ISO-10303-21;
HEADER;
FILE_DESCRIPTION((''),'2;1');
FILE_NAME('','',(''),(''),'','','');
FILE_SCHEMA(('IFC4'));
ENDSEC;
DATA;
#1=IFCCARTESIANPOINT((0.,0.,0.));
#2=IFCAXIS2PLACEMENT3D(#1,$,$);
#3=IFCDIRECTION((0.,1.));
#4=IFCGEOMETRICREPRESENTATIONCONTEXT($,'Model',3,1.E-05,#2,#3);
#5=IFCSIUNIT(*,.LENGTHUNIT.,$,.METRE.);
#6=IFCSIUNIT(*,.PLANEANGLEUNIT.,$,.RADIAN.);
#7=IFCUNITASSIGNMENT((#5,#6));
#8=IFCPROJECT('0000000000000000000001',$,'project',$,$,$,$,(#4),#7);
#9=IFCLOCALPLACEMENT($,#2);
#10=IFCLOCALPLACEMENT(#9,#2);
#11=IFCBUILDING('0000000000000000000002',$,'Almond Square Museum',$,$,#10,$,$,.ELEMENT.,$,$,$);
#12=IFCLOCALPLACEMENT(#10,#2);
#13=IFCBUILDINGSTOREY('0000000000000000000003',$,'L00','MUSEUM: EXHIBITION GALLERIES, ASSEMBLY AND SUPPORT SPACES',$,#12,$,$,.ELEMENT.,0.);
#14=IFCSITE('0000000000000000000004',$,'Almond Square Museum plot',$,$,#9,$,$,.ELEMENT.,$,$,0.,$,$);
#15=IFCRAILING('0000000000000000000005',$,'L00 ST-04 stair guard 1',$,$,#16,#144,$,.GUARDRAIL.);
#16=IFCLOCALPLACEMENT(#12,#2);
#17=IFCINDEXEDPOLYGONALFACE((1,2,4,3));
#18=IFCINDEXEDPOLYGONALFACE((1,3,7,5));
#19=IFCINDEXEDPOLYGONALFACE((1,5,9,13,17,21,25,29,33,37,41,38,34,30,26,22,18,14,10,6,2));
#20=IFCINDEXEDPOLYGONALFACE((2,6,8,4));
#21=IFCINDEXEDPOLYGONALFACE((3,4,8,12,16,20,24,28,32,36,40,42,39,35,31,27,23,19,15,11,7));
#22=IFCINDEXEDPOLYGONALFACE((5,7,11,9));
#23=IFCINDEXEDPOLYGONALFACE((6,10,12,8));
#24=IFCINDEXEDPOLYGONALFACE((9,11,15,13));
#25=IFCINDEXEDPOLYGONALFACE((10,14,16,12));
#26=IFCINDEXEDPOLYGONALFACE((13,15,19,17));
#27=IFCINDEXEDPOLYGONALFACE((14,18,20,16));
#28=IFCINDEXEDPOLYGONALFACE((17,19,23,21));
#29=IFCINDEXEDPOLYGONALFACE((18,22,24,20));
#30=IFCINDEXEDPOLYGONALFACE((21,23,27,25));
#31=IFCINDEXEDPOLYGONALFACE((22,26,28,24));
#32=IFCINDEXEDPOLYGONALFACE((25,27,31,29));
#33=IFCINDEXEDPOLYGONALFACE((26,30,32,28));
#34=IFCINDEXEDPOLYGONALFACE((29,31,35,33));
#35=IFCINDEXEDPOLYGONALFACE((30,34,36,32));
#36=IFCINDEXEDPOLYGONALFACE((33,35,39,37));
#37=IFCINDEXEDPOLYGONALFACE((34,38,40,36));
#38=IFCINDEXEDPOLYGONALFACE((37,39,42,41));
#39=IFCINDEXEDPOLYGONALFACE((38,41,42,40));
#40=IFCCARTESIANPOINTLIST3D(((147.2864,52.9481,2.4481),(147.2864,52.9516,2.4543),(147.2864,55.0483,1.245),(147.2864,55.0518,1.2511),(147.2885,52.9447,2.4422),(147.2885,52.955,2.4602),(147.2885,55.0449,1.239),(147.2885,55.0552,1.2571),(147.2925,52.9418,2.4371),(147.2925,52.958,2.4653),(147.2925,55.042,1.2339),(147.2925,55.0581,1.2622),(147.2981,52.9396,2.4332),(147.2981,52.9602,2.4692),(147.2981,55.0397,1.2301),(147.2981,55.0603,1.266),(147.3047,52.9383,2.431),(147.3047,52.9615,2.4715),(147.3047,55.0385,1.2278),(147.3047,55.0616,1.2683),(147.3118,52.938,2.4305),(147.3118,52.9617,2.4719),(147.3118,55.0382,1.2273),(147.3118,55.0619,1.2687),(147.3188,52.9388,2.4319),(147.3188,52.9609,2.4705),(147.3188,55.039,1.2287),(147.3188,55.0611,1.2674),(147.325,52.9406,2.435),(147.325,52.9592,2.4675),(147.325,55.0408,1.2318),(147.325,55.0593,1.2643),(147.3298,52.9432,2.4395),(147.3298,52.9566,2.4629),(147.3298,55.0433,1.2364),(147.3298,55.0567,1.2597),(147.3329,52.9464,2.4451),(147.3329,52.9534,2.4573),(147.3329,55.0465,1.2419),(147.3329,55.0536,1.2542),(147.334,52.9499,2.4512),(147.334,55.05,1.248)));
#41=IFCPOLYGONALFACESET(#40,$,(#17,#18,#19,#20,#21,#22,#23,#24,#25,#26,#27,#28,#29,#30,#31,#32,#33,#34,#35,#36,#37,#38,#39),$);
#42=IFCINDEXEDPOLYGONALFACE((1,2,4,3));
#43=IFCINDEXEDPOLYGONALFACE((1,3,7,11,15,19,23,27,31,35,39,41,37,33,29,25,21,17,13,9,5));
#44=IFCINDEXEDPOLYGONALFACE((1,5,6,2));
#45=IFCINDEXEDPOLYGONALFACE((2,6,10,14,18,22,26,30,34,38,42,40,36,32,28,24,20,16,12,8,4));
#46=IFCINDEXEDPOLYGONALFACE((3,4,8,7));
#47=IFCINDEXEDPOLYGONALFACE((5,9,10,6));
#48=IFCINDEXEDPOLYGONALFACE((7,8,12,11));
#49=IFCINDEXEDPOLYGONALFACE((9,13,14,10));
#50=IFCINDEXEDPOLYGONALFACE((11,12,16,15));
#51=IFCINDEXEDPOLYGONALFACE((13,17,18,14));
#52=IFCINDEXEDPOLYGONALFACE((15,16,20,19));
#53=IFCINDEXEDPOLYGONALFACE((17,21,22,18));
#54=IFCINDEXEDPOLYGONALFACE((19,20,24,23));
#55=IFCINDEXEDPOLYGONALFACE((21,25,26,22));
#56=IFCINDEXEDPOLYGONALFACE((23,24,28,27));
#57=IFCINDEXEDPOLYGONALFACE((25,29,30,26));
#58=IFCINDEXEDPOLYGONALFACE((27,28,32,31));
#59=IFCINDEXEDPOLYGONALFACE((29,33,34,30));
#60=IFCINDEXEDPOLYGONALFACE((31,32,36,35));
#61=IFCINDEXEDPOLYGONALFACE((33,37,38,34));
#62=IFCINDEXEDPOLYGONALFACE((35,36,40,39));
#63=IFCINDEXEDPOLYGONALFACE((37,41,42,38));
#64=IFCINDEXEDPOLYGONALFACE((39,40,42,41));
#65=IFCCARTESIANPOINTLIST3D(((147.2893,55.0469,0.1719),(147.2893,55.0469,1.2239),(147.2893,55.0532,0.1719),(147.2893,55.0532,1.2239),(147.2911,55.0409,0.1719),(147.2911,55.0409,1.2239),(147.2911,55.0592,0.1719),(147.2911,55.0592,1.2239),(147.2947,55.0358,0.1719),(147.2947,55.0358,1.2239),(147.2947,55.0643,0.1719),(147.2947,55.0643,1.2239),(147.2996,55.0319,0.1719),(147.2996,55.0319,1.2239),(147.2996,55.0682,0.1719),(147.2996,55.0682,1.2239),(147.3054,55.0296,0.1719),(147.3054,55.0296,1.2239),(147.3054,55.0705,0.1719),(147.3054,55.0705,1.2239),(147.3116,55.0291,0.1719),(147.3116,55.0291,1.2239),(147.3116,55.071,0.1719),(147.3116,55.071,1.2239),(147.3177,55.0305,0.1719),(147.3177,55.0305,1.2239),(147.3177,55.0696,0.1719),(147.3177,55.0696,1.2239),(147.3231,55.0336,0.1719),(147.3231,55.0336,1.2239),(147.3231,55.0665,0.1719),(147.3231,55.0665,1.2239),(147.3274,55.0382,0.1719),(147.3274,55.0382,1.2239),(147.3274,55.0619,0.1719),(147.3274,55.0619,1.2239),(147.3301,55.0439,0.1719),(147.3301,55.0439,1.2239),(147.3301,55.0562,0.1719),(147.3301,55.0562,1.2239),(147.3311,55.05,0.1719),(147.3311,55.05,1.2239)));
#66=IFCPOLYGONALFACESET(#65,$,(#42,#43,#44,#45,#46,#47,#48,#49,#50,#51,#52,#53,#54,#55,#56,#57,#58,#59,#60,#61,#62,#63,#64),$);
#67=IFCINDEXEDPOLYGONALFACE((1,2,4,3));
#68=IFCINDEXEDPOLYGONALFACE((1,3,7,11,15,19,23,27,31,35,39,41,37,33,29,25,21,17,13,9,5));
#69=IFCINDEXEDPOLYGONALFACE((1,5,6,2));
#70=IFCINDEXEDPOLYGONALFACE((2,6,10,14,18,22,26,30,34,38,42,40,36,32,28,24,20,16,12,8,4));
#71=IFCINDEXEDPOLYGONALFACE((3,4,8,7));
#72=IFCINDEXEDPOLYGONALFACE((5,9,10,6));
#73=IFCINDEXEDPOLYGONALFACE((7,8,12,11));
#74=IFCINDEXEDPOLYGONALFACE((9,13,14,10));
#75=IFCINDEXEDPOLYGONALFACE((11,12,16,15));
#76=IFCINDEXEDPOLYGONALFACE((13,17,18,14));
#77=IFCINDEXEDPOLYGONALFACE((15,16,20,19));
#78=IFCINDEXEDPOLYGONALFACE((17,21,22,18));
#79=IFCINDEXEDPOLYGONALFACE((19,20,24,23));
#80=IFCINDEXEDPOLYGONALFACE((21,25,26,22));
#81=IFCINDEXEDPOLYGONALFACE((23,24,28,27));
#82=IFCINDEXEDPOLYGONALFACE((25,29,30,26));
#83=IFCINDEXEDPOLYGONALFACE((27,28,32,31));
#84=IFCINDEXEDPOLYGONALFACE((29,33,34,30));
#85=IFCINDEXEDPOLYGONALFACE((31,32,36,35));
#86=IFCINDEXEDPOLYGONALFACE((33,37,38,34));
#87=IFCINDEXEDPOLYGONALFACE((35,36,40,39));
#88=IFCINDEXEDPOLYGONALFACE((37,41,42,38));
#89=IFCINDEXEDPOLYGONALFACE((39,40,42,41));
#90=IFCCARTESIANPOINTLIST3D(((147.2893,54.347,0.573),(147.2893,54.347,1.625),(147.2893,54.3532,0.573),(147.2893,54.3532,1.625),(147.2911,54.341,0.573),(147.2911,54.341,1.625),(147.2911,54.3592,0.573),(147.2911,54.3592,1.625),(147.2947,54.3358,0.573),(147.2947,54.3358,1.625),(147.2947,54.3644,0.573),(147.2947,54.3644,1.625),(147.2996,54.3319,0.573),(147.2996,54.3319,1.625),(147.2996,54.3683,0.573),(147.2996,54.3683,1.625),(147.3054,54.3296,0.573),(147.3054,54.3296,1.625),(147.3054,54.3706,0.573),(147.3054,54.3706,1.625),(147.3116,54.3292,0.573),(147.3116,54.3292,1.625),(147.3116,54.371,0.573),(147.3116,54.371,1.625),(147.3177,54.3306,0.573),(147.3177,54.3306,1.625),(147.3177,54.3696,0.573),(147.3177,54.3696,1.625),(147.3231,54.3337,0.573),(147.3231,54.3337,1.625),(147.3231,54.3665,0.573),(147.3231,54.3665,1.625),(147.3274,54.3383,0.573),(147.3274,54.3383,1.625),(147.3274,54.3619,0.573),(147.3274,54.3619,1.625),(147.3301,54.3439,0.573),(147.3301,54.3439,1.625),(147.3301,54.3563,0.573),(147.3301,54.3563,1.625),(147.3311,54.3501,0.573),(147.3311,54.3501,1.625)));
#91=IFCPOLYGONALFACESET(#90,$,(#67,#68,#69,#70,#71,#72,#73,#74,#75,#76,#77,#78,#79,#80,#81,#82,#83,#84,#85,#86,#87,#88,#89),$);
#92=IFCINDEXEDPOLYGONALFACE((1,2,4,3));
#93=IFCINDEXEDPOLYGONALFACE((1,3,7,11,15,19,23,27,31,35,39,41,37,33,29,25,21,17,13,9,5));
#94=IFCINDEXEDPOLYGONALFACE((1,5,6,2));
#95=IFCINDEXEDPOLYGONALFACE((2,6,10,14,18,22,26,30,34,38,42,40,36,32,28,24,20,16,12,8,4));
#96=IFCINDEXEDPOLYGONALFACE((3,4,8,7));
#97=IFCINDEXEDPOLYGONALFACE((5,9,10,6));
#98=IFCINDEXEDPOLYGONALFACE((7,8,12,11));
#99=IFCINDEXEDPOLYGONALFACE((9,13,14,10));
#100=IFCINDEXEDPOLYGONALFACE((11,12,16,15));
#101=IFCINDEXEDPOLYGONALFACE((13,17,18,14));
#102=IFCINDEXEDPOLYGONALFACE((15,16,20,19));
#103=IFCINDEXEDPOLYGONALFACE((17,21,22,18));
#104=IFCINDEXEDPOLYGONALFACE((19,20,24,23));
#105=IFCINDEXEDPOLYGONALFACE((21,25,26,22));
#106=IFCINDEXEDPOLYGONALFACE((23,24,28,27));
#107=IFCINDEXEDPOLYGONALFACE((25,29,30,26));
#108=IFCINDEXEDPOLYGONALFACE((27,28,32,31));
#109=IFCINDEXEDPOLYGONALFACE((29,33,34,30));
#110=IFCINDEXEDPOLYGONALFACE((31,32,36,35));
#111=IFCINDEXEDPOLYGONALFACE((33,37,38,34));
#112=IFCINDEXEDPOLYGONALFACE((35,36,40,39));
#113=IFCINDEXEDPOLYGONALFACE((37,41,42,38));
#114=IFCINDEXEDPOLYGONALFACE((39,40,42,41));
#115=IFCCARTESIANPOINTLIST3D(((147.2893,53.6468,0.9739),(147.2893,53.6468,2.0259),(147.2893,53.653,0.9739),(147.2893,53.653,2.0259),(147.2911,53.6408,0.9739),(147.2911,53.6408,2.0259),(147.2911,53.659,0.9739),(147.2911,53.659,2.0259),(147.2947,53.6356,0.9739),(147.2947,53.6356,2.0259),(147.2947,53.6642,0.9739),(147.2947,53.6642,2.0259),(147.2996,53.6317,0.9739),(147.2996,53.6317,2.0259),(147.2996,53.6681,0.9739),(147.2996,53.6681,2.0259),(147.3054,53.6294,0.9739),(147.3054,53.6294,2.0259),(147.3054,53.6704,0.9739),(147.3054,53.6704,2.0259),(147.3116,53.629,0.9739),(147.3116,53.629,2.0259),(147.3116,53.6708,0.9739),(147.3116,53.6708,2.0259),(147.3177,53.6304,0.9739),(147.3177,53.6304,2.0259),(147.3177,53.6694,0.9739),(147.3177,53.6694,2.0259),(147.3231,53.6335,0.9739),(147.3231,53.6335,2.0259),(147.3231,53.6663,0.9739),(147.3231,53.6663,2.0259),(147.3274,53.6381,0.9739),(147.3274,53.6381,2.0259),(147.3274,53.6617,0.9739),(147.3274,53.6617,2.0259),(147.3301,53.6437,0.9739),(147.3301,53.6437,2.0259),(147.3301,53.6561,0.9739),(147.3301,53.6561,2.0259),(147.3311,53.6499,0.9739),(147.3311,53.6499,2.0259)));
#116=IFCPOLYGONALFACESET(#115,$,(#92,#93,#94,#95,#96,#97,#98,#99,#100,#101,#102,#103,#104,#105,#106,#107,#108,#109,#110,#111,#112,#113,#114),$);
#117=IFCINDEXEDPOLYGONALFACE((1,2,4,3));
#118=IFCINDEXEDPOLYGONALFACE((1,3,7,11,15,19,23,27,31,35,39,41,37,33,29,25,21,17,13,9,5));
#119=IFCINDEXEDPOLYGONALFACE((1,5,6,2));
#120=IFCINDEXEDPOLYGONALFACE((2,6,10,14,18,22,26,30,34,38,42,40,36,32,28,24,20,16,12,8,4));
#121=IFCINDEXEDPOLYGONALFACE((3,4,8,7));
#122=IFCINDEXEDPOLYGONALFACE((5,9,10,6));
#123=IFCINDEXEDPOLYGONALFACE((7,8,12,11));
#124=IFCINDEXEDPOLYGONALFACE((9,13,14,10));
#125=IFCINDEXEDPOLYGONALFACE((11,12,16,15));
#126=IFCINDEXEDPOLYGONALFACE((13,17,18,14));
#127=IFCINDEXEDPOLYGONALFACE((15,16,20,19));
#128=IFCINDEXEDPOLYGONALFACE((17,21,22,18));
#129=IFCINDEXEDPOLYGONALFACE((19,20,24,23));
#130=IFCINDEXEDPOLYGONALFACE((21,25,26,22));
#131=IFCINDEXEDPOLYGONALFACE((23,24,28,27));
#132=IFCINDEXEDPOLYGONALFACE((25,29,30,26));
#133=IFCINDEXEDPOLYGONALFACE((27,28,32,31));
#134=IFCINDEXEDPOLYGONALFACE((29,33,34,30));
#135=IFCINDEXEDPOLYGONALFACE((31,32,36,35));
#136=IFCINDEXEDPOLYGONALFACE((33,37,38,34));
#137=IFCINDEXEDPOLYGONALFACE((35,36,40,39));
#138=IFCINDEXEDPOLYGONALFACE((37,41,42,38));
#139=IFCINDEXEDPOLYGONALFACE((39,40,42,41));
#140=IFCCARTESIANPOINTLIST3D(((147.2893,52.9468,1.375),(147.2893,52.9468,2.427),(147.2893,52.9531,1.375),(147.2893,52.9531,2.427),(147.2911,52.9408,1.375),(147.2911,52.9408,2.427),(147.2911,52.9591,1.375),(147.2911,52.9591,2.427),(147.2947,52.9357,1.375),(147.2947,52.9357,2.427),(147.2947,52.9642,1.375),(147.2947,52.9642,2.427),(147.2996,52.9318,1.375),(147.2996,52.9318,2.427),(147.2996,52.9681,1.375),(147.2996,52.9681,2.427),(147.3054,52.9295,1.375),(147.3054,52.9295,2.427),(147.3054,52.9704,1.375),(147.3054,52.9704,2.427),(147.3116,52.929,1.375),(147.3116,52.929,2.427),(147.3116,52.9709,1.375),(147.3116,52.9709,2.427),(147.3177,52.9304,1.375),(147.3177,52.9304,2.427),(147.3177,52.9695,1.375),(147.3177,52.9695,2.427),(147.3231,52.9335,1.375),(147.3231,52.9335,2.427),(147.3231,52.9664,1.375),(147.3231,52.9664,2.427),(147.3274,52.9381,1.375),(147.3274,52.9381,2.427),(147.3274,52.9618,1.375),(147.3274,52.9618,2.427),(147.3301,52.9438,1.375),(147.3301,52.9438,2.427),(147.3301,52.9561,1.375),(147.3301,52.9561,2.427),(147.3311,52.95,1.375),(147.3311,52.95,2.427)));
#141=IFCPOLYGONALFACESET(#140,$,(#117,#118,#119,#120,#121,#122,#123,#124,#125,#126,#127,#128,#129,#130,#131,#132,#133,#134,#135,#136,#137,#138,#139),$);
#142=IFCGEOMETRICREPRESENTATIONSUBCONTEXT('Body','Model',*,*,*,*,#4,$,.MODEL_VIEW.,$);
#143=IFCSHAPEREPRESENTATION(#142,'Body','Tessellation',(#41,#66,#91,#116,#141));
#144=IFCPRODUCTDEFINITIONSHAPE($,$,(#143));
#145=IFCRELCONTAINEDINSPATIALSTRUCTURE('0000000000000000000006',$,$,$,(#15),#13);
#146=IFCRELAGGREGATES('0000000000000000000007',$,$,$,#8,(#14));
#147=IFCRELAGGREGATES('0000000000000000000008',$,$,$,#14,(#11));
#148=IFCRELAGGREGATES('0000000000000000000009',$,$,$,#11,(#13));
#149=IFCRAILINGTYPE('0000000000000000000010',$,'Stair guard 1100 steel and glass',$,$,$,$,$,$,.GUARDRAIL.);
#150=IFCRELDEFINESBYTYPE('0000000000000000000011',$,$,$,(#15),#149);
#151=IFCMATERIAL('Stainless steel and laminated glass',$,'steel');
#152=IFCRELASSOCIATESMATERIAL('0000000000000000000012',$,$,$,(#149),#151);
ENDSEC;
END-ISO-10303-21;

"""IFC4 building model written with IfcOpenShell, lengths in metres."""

from ifc_helpers import new_model, si_unit, direction, frame, origin, origin_2d, place, context, subcontext, project, spatial, circle, extrude, material, type_object, element, save


model = new_model("IFC4")

# Units and contexts
model_context = context("Model", 3, precision=1e-05, world=origin(), true_north=direction((0.0, 1.0)))
body_context = subcontext(model_context, "Body", "Model", "MODEL_VIEW")
ifc_project = project(units=[si_unit("LENGTHUNIT", "METRE"), si_unit("PLANEANGLEUNIT", "RADIAN")], contexts=[model_context])

# Site, building, storey
site_placement = place(None, origin())
site = spatial("IfcSite", under=ifc_project, at=site_placement, Name="Almond Square Museum plot", CompositionType="ELEMENT", RefElevation=0.0)
building_placement = place(site_placement, origin())
building = spatial("IfcBuilding", under=site, at=building_placement, Name="Almond Square Museum", CompositionType="ELEMENT")
storey_placement = place(building_placement, origin())
storey = spatial("IfcBuildingStorey", under=building, at=storey_placement, Name="L00", Description="MUSEUM: EXHIBITION GALLERIES, ASSEMBLY AND SUPPORT SPACES", CompositionType="ELEMENT", Elevation=0.0)

# Railing
ifc_material_1 = material(Name="Stainless steel and laminated glass", Category="steel")
railing_type_1 = type_object("IfcRailingType", Name="Stair guard 1100 steel and glass", PredefinedType="GUARDRAIL", material=ifc_material_1)
railing_1_placement = place(storey_placement, frame((147.3101, 55.05, 0.1719)))
element("IfcRailing", 1, at=railing_1_placement, inside=storey, type_object=railing_type_1, Name="L00 ST-04 stair guard 1", PredefinedType="GUARDRAIL", context=body_context, shape_type="SweptSolid", body=[
    extrude(circle(Radius=0.0239, at=origin_2d()), frame((0.0, 0.0, 1.0762), z_axis=(0.0, -0.867696, 0.497095), x_axis=(1.0, 0.0, 0.0)), (0.0, 0.0, 1.0), 2.4204),
    extrude(circle(Radius=0.021, at=origin_2d()), origin(), (0.0, 0.0, 1.0), 1.052),
    extrude(circle(Radius=0.021, at=origin_2d()), frame((0.0, -0.7, 0.4011)), (0.0, 0.0, 1.0), 1.052),
    extrude(circle(Radius=0.021, at=origin_2d()), frame((0.0, -1.4001, 0.802)), (0.0, 0.0, 1.0), 1.052),
    extrude(circle(Radius=0.021, at=origin_2d()), frame((0.0, -2.1001, 1.2031)), (0.0, 0.0, 1.0), 1.052),
])

save(model, "model.ifc")
